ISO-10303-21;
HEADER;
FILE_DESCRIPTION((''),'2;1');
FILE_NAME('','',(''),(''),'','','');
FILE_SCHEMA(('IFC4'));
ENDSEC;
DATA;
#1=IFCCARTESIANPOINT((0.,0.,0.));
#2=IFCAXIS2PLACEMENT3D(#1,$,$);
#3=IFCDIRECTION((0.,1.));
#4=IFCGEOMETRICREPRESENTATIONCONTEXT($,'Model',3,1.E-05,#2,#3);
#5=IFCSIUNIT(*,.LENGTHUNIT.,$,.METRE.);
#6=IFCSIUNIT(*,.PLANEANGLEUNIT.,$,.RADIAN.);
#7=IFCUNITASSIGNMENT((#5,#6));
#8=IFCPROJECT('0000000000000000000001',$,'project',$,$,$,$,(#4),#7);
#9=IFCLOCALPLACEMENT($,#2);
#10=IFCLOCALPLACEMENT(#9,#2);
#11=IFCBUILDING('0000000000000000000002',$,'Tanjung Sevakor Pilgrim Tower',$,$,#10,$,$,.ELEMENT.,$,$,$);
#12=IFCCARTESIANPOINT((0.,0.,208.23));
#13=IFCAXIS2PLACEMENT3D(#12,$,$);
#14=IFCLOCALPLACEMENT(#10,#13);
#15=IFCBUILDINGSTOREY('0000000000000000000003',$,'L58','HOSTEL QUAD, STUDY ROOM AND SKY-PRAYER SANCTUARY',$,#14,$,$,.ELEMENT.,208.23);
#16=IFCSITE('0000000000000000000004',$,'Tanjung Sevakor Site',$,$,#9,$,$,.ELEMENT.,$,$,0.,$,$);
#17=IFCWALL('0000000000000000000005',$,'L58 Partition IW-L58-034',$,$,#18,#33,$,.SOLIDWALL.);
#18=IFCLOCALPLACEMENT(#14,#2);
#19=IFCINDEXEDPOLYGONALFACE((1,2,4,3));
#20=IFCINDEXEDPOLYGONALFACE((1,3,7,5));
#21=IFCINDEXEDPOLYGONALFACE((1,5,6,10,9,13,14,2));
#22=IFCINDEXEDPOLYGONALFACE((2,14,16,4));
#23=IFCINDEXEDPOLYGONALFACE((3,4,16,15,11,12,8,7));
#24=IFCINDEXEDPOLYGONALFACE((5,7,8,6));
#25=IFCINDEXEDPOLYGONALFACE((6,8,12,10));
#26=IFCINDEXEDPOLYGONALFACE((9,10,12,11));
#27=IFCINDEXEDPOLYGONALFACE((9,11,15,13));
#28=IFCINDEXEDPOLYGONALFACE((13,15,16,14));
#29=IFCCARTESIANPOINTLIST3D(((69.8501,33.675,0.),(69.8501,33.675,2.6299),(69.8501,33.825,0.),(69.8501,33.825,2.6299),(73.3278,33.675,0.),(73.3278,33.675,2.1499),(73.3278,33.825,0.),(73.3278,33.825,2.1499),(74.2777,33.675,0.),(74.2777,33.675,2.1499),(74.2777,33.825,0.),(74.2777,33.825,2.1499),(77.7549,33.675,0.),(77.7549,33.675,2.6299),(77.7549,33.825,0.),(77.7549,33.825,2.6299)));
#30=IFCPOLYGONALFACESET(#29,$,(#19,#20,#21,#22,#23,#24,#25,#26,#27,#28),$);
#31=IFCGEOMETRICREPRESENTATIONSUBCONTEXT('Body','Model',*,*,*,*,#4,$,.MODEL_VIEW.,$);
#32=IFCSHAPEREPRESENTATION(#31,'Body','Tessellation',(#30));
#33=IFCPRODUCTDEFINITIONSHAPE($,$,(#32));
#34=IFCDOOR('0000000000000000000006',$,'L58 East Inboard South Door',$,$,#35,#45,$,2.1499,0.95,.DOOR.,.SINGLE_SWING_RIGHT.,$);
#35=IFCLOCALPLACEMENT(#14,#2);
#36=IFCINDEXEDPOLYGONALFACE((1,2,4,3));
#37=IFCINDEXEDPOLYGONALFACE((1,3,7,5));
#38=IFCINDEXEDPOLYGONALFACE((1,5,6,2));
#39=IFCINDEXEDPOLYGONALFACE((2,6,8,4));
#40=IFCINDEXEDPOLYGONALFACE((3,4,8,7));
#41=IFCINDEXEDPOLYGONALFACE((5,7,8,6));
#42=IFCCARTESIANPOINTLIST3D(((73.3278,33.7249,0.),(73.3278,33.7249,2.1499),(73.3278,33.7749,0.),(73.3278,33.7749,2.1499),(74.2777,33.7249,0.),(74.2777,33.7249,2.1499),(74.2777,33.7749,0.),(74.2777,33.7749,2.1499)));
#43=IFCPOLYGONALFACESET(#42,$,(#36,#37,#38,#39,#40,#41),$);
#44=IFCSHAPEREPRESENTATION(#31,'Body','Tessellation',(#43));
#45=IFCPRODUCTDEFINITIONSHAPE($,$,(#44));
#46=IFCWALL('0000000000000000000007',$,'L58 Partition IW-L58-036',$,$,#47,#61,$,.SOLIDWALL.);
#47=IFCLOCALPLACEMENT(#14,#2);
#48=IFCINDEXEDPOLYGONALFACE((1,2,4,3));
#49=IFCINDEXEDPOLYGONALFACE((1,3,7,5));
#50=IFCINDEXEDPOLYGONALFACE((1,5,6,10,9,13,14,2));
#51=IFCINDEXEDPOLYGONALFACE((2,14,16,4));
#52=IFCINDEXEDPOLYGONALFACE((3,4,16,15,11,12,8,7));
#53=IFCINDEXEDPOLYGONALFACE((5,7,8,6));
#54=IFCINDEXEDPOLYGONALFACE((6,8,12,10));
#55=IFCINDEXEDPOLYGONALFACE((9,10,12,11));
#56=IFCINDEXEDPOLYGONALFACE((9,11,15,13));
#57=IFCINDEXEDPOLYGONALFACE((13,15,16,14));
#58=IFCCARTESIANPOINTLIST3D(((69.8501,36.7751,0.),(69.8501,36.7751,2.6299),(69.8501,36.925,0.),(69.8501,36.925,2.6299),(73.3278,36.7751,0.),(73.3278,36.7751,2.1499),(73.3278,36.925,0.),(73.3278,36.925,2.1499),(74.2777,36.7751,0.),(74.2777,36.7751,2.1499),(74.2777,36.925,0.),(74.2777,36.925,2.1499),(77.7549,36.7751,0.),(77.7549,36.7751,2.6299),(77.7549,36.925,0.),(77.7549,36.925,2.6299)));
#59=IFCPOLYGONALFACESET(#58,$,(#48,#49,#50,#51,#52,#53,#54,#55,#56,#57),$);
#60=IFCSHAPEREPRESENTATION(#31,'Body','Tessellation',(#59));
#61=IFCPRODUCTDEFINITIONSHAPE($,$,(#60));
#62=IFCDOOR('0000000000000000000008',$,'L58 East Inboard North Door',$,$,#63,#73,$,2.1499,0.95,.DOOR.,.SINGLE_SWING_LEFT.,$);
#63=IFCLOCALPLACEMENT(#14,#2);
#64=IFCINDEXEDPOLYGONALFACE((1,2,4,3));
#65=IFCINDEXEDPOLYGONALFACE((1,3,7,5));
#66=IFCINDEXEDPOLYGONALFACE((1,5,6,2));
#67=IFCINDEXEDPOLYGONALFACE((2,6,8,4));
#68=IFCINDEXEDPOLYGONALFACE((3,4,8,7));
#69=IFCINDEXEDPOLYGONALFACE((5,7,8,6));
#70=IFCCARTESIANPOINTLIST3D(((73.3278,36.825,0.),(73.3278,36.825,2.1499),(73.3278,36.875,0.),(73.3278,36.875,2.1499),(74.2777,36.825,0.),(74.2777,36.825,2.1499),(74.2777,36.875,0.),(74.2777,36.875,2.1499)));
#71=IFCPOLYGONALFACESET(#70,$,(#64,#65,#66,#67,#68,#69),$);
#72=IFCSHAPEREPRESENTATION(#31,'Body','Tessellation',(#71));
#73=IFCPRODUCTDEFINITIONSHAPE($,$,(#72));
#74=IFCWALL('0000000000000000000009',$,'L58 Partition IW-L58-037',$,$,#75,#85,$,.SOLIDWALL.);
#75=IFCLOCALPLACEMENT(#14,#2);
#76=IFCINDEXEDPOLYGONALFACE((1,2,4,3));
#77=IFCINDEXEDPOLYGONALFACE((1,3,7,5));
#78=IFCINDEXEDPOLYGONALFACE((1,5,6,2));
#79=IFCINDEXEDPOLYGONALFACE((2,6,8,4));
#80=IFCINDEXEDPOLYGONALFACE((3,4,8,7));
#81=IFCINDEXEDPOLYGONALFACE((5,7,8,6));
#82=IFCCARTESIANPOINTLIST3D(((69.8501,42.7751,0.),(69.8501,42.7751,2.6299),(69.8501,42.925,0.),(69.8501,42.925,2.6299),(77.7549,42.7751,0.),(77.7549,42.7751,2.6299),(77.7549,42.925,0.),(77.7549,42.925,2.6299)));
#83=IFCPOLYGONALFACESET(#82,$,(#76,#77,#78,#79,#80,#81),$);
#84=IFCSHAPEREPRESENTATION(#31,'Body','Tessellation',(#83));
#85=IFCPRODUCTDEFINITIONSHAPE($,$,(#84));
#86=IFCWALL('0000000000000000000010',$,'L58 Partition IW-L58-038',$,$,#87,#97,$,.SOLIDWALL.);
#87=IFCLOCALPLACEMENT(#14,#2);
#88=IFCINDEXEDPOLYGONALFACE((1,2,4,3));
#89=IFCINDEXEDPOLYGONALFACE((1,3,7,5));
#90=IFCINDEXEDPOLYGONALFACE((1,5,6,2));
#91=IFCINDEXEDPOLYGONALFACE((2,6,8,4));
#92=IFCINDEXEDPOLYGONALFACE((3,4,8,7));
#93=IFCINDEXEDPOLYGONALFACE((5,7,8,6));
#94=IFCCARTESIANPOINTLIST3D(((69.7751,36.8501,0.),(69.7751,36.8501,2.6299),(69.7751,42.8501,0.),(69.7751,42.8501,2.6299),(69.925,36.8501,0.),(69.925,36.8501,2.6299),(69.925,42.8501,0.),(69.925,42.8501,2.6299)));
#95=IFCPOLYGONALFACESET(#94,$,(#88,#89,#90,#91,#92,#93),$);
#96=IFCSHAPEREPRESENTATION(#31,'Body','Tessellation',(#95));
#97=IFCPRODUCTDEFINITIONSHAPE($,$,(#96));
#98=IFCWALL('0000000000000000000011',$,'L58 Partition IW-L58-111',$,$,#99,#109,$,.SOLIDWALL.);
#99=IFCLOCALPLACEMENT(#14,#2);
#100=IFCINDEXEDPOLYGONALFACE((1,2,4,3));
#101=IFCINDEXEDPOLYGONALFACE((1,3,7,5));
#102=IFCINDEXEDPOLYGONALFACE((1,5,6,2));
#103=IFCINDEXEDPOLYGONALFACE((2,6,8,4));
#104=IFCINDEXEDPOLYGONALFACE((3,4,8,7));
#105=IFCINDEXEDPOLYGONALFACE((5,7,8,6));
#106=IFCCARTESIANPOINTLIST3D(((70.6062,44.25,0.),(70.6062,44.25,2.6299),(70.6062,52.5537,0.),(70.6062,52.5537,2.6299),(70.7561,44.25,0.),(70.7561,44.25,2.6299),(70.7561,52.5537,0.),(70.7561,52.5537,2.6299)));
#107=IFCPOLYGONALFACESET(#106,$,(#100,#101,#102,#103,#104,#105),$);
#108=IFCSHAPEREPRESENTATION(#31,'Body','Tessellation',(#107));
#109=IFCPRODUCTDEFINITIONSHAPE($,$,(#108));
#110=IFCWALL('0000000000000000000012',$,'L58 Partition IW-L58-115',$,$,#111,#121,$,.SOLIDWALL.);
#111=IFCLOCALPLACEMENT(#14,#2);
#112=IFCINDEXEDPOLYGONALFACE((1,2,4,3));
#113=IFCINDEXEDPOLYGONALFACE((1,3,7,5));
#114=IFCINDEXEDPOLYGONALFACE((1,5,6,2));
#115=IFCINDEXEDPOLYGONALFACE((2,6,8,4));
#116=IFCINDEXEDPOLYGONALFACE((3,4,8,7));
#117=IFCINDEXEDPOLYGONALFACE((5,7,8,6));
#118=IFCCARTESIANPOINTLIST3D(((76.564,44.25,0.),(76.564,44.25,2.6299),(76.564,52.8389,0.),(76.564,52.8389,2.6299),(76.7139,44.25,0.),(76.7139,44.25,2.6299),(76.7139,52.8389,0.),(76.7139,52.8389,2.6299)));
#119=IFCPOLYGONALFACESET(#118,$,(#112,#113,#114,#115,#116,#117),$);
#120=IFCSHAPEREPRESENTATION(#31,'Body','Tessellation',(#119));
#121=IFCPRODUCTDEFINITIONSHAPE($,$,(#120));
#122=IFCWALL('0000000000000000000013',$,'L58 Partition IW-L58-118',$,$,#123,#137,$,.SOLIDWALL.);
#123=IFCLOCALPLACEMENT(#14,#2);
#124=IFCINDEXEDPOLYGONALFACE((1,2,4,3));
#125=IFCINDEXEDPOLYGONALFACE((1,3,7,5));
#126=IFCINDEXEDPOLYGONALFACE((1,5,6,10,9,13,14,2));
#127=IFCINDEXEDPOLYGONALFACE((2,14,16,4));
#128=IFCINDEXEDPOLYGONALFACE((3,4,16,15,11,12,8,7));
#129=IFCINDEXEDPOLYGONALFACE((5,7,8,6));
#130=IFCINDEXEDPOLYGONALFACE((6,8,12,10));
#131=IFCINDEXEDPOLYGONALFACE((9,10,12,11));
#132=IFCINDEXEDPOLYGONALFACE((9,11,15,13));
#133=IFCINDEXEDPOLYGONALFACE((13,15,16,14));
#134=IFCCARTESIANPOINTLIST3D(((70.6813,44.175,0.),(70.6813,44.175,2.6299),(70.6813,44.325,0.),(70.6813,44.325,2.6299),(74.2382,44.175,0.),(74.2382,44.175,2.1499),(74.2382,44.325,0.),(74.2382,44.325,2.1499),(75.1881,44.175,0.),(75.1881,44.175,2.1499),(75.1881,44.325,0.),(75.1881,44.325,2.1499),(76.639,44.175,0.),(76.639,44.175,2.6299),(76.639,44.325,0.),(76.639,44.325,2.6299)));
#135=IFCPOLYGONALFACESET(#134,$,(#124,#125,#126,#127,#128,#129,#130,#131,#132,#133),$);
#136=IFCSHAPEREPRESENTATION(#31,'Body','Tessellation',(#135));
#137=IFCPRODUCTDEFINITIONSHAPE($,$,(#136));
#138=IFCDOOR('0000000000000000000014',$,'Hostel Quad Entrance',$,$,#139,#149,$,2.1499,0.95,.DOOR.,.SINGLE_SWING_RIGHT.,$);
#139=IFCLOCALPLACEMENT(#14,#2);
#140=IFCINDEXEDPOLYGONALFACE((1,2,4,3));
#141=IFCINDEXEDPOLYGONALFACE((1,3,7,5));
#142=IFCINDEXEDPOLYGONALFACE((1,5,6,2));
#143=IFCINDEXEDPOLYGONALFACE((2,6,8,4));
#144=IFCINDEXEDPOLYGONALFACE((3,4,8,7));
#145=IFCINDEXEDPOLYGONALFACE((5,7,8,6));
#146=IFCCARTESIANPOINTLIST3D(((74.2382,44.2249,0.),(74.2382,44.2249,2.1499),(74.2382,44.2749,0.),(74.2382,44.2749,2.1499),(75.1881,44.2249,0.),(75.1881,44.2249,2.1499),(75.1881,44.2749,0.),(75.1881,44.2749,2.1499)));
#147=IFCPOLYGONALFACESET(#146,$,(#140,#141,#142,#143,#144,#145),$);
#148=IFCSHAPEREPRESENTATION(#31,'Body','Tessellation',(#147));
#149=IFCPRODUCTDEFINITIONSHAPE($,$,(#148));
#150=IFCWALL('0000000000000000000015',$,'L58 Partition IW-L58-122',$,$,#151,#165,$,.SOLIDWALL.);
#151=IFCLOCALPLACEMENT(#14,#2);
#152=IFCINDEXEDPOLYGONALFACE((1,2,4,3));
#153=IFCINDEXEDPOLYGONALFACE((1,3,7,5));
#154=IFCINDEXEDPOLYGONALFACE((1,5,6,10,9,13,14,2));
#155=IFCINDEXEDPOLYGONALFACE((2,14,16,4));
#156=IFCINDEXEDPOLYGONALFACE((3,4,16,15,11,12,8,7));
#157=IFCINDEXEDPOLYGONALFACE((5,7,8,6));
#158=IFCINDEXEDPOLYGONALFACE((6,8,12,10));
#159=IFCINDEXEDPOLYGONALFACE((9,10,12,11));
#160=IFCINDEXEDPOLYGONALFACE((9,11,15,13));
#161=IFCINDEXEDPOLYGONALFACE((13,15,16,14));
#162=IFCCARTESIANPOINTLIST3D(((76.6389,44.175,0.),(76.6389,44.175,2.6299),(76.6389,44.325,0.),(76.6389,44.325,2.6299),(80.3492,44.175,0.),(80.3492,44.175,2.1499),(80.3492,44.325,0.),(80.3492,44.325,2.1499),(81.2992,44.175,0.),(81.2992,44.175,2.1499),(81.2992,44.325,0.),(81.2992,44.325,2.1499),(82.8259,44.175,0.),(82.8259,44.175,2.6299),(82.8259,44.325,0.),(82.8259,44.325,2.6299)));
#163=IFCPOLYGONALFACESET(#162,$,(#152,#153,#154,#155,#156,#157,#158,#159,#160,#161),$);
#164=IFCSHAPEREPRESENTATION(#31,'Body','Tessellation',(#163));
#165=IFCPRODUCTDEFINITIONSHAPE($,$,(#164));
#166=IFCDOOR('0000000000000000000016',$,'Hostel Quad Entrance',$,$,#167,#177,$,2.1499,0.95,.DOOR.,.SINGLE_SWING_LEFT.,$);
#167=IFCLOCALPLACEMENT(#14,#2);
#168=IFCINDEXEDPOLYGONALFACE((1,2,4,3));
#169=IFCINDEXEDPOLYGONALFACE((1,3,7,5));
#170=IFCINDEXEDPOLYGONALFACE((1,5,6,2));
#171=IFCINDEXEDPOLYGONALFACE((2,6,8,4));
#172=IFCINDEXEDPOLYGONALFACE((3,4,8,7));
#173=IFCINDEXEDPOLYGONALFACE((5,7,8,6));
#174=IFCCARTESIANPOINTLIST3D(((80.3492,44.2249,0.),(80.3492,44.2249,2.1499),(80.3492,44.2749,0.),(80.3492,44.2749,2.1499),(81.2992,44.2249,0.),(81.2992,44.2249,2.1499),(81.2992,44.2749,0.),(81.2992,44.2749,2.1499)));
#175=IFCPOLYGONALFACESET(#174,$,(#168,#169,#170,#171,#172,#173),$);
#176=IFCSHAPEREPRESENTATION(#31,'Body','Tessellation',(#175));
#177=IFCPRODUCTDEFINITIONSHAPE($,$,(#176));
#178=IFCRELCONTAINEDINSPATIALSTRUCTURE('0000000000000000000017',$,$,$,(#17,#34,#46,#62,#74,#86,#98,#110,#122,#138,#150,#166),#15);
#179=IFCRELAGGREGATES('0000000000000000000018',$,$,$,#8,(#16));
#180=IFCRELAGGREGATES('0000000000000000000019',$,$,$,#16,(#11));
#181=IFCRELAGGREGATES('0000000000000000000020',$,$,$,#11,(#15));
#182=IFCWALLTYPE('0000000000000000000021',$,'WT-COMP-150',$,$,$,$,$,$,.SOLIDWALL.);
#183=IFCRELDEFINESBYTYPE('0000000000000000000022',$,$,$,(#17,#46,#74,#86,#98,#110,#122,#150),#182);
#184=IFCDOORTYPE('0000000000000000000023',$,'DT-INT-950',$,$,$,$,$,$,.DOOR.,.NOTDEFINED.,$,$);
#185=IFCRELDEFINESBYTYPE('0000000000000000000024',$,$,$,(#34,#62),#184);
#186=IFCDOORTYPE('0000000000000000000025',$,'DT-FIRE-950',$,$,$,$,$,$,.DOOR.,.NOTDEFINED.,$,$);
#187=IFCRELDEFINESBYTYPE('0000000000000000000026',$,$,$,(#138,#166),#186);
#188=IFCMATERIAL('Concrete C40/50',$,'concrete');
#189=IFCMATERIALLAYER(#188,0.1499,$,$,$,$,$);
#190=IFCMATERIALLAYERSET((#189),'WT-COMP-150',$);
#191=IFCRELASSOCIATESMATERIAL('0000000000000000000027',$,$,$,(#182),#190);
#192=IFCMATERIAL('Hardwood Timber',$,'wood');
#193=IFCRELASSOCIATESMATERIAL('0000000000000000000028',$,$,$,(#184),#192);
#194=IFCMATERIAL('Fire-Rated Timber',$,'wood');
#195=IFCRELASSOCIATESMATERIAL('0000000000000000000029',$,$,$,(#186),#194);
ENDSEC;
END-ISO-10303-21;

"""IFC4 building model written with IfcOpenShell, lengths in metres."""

from ifc_helpers import new_model, si_unit, direction, frame, frame_2d, origin, place, context, subcontext, project, spatial, rectangle, extrude, material, layer, layer_set, type_object, element, fill, save


model = new_model("IFC4")

# Units and contexts
model_context = context("Model", 3, precision=1e-05, world=origin(), true_north=direction((0.0, 1.0)))
body_context = subcontext(model_context, "Body", "Model", "MODEL_VIEW")
ifc_project = project(units=[si_unit("LENGTHUNIT", "METRE"), si_unit("PLANEANGLEUNIT", "RADIAN")], contexts=[model_context])

# Site, building, storey
site_placement = place(None, origin())
site = spatial("IfcSite", under=ifc_project, at=site_placement, Name="Tanjung Sevakor Site", CompositionType="ELEMENT", RefElevation=0.0)
building_placement = place(site_placement, origin())
building = spatial("IfcBuilding", under=site, at=building_placement, Name="Tanjung Sevakor Pilgrim Tower", CompositionType="ELEMENT")
storey_placement = place(building_placement, frame((0.0, 0.0, 208.23)))
storey = spatial("IfcBuildingStorey", under=building, at=storey_placement, Name="L58", Description="HOSTEL QUAD, STUDY ROOM AND SKY-PRAYER SANCTUARY", CompositionType="ELEMENT", Elevation=208.23)

# Shared definitions
ifc_material_1 = material(Name="Concrete C40/50", Category="concrete")
ifc_layer_1 = layer(ifc_material_1, 0.1499)
ifc_layer_set_1 = layer_set([ifc_layer_1], Name="WT-COMP-150")
wall_type_1 = type_object("IfcWallType", Name="WT-COMP-150", PredefinedType="SOLIDWALL", material=ifc_layer_set_1)

# Walls, openings, doors
wall_1_placement = place(storey_placement, frame((69.8501, 33.75, 0.0), z_axis=(0.0, 0.0, 1.0), x_axis=(1.0, 0.0, 0.0)))
wall_1 = element("IfcWall", 1, at=wall_1_placement, inside=storey, type_object=wall_type_1, Name="L58 Partition IW-L58-034", PredefinedType="SOLIDWALL", context=body_context, shape_type="SweptSolid", body=[
    extrude(rectangle(XDim=7.9048, YDim=0.1499, at=frame_2d((3.9524, 0.0))), origin(), (0.0, 0.0, 1.0), 2.6299),
])
opening_1_placement = place(wall_1_placement, frame((3.4775, 0.0, 0.0)))
opening_1 = element("IfcOpeningElement", 2, at=opening_1_placement, cuts=wall_1, PredefinedType="OPENING", context=body_context, shape_type="SweptSolid", body=[
    extrude(rectangle(XDim=0.95, YDim=2.1499, at=frame_2d((0.4751, 1.075))), frame((0.0, 0.085, 0.0), z_axis=(0.0, -1.0, 0.0), x_axis=(1.0, 0.0, 0.0)), (0.0, 0.0, 1.0), 0.1699),
])
ifc_material_2 = material(Name="Hardwood Timber", Category="wood")
door_type_1 = type_object("IfcDoorType", Name="DT-INT-950", OperationType="NOTDEFINED", PredefinedType="DOOR", material=ifc_material_2)
door_1_placement = place(opening_1_placement, origin())
door_1 = element("IfcDoor", 3, at=door_1_placement, inside=storey, type_object=door_type_1, Name="L58 East Inboard South Door", OperationType="SINGLE_SWING_RIGHT", OverallHeight=2.1499, OverallWidth=0.95, PredefinedType="DOOR", context=body_context, shape_type="SweptSolid", body=[
    extrude(rectangle(XDim=0.95, YDim=2.1499, at=frame_2d((0.4751, 1.075))), frame((0.0, 0.0249, 0.0), z_axis=(0.0, -1.0, 0.0), x_axis=(1.0, 0.0, 0.0)), (0.0, 0.0, 1.0), 0.05),
])
fill(opening_1, door_1)
wall_2_placement = place(storey_placement, frame((69.8501, 36.8501, 0.0), z_axis=(0.0, 0.0, 1.0), x_axis=(1.0, 0.0, 0.0)))
wall_2 = element("IfcWall", 4, at=wall_2_placement, inside=storey, type_object=wall_type_1, Name="L58 Partition IW-L58-036", PredefinedType="SOLIDWALL", context=body_context, shape_type="SweptSolid", body=[
    extrude(rectangle(XDim=7.9048, YDim=0.1499, at=frame_2d((3.9524, 0.0))), origin(), (0.0, 0.0, 1.0), 2.6299),
])
opening_2_placement = place(wall_2_placement, frame((3.4775, 0.0, 0.0)))
opening_2 = element("IfcOpeningElement", 5, at=opening_2_placement, cuts=wall_2, PredefinedType="OPENING", context=body_context, shape_type="SweptSolid", body=[
    extrude(rectangle(XDim=0.95, YDim=2.1499, at=frame_2d((0.4751, 1.075))), frame((0.0, 0.085, 0.0), z_axis=(0.0, -1.0, 0.0), x_axis=(1.0, 0.0, 0.0)), (0.0, 0.0, 1.0), 0.1699),
])
door_2_placement = place(opening_2_placement, origin())
door_2 = element("IfcDoor", 6, at=door_2_placement, inside=storey, type_object=door_type_1, Name="L58 East Inboard North Door", OperationType="SINGLE_SWING_LEFT", OverallHeight=2.1499, OverallWidth=0.95, PredefinedType="DOOR", context=body_context, shape_type="SweptSolid", body=[
    extrude(rectangle(XDim=0.95, YDim=2.1499, at=frame_2d((0.4751, 1.075))), frame((0.0, 0.0249, 0.0), z_axis=(0.0, -1.0, 0.0), x_axis=(1.0, 0.0, 0.0)), (0.0, 0.0, 1.0), 0.05),
])
fill(opening_2, door_2)

# Walls
wall_3_placement = place(storey_placement, frame((69.8501, 42.8501, 0.0), z_axis=(0.0, 0.0, 1.0), x_axis=(1.0, 0.0, 0.0)))
element("IfcWall", 7, at=wall_3_placement, inside=storey, type_object=wall_type_1, Name="L58 Partition IW-L58-037", PredefinedType="SOLIDWALL", context=body_context, shape_type="SweptSolid", body=[
    extrude(rectangle(XDim=7.9048, YDim=0.1499, at=frame_2d((3.9524, 0.0))), origin(), (0.0, 0.0, 1.0), 2.6299),
])
wall_4_placement = place(storey_placement, frame((69.8501, 36.8501, 0.0), z_axis=(0.0, 0.0, 1.0), x_axis=(0.0, 1.0, 0.0)))
element("IfcWall", 8, at=wall_4_placement, inside=storey, type_object=wall_type_1, Name="L58 Partition IW-L58-038", PredefinedType="SOLIDWALL", context=body_context, shape_type="SweptSolid", body=[
    extrude(rectangle(XDim=6.0, YDim=0.1499, at=frame_2d((3.0, 0.0))), origin(), (0.0, 0.0, 1.0), 2.6299),
])
wall_5_placement = place(storey_placement, frame((70.6812, 44.25, 0.0), z_axis=(0.0, 0.0, 1.0), x_axis=(0.0, 1.0, 0.0)))
element("IfcWall", 9, at=wall_5_placement, inside=storey, type_object=wall_type_1, Name="L58 Partition IW-L58-111", PredefinedType="SOLIDWALL", context=body_context, shape_type="SweptSolid", body=[
    extrude(rectangle(XDim=8.3037, YDim=0.1499, at=frame_2d((4.1519, 0.0))), origin(), (0.0, 0.0, 1.0), 2.6299),
])
wall_6_placement = place(storey_placement, frame((76.6389, 44.25, 0.0), z_axis=(0.0, 0.0, 1.0), x_axis=(0.0, 1.0, 0.0)))
element("IfcWall", 10, at=wall_6_placement, inside=storey, type_object=wall_type_1, Name="L58 Partition IW-L58-115", PredefinedType="SOLIDWALL", context=body_context, shape_type="SweptSolid", body=[
    extrude(rectangle(XDim=8.5889, YDim=0.1499, at=frame_2d((4.2944, 0.0))), origin(), (0.0, 0.0, 1.0), 2.6299),
])

# Walls, openings, doors
wall_7_placement = place(storey_placement, frame((70.6812, 44.25, 0.0), z_axis=(0.0, 0.0, 1.0), x_axis=(1.0, 0.0, 0.0)))
wall_7 = element("IfcWall", 11, at=wall_7_placement, inside=storey, type_object=wall_type_1, Name="L58 Partition IW-L58-118", PredefinedType="SOLIDWALL", context=body_context, shape_type="SweptSolid", body=[
    extrude(rectangle(XDim=5.9578, YDim=0.1499, at=frame_2d((2.979, 0.0))), origin(), (0.0, 0.0, 1.0), 2.6299),
])
opening_3_placement = place(wall_7_placement, frame((3.5569, 0.0, 0.0)))
opening_3 = element("IfcOpeningElement", 12, at=opening_3_placement, cuts=wall_7, PredefinedType="OPENING", context=body_context, shape_type="SweptSolid", body=[
    extrude(rectangle(XDim=0.95, YDim=2.1499, at=frame_2d((0.4751, 1.075))), frame((0.0, 0.085, 0.0), z_axis=(0.0, -1.0, 0.0), x_axis=(1.0, 0.0, 0.0)), (0.0, 0.0, 1.0), 0.1699),
])
ifc_material_3 = material(Name="Fire-Rated Timber", Category="wood")
door_type_2 = type_object("IfcDoorType", Name="DT-FIRE-950", OperationType="NOTDEFINED", PredefinedType="DOOR", material=ifc_material_3)
door_3_placement = place(opening_3_placement, origin())
door_3 = element("IfcDoor", 13, at=door_3_placement, inside=storey, type_object=door_type_2, Name="Hostel Quad Entrance", OperationType="SINGLE_SWING_RIGHT", OverallHeight=2.1499, OverallWidth=0.95, PredefinedType="DOOR", context=body_context, shape_type="SweptSolid", body=[
    extrude(rectangle(XDim=0.95, YDim=2.1499, at=frame_2d((0.4751, 1.075))), frame((0.0, 0.0249, 0.0), z_axis=(0.0, -1.0, 0.0), x_axis=(1.0, 0.0, 0.0)), (0.0, 0.0, 1.0), 0.05),
])
fill(opening_3, door_3)
wall_8_placement = place(storey_placement, frame((76.6389, 44.25, 0.0), z_axis=(0.0, 0.0, 1.0), x_axis=(1.0, 0.0, 0.0)))
wall_8 = element("IfcWall", 14, at=wall_8_placement, inside=storey, type_object=wall_type_1, Name="L58 Partition IW-L58-122", PredefinedType="SOLIDWALL", context=body_context, shape_type="SweptSolid", body=[
    extrude(rectangle(XDim=6.187, YDim=0.1499, at=frame_2d((3.0935, 0.0))), origin(), (0.0, 0.0, 1.0), 2.6299),
])
opening_4_placement = place(wall_8_placement, frame((3.7102, 0.0, 0.0)))
opening_4 = element("IfcOpeningElement", 15, at=opening_4_placement, cuts=wall_8, PredefinedType="OPENING", context=body_context, shape_type="SweptSolid", body=[
    extrude(rectangle(XDim=0.95, YDim=2.1499, at=frame_2d((0.4751, 1.075))), frame((0.0, 0.085, 0.0), z_axis=(0.0, -1.0, 0.0), x_axis=(1.0, 0.0, 0.0)), (0.0, 0.0, 1.0), 0.1699),
])
door_4_placement = place(opening_4_placement, origin())
door_4 = element("IfcDoor", 16, at=door_4_placement, inside=storey, type_object=door_type_2, Name="Hostel Quad Entrance", OperationType="SINGLE_SWING_LEFT", OverallHeight=2.1499, OverallWidth=0.95, PredefinedType="DOOR", context=body_context, shape_type="SweptSolid", body=[
    extrude(rectangle(XDim=0.95, YDim=2.1499, at=frame_2d((0.4751, 1.075))), frame((0.0, 0.0249, 0.0), z_axis=(0.0, -1.0, 0.0), x_axis=(1.0, 0.0, 0.0)), (0.0, 0.0, 1.0), 0.05),
])
fill(opening_4, door_4)

save(model, "model.ifc")
